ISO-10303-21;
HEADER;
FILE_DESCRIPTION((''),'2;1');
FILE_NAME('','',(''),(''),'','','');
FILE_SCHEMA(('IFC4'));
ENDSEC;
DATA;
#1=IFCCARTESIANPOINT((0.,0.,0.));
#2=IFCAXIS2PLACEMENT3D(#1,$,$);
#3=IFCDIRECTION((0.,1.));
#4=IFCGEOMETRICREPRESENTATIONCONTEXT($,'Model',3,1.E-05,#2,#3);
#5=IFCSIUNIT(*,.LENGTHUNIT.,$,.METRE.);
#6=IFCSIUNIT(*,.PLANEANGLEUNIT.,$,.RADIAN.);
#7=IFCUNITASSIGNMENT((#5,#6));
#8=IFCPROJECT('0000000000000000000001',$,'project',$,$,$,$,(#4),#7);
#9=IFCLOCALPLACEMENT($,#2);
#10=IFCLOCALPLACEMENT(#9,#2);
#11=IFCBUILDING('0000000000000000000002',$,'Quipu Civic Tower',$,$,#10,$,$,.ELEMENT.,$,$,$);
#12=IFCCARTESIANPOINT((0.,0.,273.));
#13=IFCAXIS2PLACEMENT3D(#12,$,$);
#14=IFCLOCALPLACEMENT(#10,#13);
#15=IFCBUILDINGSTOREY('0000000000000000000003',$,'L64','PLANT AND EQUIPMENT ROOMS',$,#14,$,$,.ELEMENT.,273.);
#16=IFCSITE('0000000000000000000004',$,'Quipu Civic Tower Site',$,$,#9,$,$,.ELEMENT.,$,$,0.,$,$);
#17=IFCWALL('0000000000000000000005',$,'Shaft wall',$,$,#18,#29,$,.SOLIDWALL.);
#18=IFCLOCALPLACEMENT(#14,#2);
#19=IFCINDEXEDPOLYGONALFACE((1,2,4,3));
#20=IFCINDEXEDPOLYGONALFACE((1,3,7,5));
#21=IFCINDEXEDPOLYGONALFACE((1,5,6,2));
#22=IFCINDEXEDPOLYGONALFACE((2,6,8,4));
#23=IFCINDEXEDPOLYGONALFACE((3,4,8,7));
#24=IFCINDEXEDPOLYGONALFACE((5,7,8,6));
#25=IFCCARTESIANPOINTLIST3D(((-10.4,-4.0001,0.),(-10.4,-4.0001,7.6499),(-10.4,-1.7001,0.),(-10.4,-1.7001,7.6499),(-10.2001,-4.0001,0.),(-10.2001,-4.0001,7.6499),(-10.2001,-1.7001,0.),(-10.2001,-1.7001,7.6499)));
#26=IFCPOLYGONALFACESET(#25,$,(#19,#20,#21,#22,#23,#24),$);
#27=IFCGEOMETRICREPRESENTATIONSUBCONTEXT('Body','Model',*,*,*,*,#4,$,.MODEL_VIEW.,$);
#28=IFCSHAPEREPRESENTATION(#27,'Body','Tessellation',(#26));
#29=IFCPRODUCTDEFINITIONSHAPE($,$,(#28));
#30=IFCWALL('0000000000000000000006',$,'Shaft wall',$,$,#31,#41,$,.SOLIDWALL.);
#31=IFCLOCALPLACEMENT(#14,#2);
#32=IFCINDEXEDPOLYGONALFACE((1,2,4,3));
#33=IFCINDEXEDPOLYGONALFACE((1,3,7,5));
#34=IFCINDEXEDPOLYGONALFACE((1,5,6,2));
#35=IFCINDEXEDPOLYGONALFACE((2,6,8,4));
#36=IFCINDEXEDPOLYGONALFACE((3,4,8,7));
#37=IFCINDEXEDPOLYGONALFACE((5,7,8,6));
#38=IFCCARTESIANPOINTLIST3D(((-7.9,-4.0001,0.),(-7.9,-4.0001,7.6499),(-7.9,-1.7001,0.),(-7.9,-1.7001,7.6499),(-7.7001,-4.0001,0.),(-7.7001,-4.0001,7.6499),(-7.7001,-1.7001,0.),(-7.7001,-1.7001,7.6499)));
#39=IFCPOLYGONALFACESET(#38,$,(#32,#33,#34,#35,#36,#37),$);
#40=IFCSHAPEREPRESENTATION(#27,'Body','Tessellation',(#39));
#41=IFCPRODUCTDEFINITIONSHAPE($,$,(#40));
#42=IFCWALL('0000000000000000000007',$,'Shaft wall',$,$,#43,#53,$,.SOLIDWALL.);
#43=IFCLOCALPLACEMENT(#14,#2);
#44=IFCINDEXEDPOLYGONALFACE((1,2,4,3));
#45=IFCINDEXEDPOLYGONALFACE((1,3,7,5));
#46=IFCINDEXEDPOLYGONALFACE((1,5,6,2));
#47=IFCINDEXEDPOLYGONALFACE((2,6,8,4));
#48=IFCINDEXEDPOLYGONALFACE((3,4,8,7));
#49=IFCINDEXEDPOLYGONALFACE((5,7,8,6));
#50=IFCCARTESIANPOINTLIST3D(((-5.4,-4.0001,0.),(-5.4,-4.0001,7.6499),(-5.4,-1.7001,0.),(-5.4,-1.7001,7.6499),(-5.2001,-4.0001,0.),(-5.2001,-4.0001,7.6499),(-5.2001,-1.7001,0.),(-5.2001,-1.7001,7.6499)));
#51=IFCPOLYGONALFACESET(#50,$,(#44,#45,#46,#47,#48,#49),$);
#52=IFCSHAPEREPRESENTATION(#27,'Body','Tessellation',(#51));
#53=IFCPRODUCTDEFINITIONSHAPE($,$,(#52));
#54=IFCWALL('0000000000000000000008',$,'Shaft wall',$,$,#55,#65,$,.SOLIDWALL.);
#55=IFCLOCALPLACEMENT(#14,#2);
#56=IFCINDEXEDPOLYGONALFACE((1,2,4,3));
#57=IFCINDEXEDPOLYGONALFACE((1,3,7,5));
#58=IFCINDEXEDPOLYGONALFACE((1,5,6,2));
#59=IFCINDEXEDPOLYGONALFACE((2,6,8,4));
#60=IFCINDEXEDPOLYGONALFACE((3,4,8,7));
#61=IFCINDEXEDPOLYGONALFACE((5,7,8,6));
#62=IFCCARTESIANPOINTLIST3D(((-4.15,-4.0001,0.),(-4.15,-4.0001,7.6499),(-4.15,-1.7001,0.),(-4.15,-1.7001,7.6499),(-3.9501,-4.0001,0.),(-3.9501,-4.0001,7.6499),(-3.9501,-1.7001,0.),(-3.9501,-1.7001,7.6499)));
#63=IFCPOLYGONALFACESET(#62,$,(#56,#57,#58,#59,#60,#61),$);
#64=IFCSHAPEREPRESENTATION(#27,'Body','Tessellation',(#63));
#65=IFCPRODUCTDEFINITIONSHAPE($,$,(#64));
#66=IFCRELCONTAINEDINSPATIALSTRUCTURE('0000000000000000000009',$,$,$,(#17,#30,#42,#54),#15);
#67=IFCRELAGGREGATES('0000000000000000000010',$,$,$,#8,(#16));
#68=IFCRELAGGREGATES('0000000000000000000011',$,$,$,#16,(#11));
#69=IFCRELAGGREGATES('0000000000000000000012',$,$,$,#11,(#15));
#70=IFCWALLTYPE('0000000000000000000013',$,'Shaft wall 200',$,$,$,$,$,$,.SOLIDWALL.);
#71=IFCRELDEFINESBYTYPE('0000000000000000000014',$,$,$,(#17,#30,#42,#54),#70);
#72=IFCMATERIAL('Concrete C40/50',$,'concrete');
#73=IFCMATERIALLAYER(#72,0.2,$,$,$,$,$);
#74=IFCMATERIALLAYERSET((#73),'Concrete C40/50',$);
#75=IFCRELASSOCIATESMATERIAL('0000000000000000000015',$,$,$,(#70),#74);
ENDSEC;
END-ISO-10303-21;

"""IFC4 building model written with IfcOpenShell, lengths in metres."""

from ifc_helpers import new_model, si_unit, direction, frame, frame_2d, origin, place, context, subcontext, project, spatial, rectangle, extrude, material, layer, layer_set, type_object, element, save


model = new_model("IFC4")

# Units and contexts
model_context = context("Model", 3, precision=1e-05, world=origin(), true_north=direction((0.0, 1.0)))
body_context = subcontext(model_context, "Body", "Model", "MODEL_VIEW")
ifc_project = project(units=[si_unit("LENGTHUNIT", "METRE"), si_unit("PLANEANGLEUNIT", "RADIAN")], contexts=[model_context])

# Site, building, storey
site_placement = place(None, origin())
site = spatial("IfcSite", under=ifc_project, at=site_placement, Name="Quipu Civic Tower Site", CompositionType="ELEMENT", RefElevation=0.0)
building_placement = place(site_placement, origin())
building = spatial("IfcBuilding", under=site, at=building_placement, Name="Quipu Civic Tower", CompositionType="ELEMENT")
storey_placement = place(building_placement, frame((0.0, 0.0, 273.0)))
storey = spatial("IfcBuildingStorey", under=building, at=storey_placement, Name="L64", Description="PLANT AND EQUIPMENT ROOMS", CompositionType="ELEMENT", Elevation=273.0)

# Walls
ifc_material_1 = material(Name="Concrete C40/50", Category="concrete")
ifc_layer_1 = layer(ifc_material_1, 0.2)
ifc_layer_set_1 = layer_set([ifc_layer_1], Name="Concrete C40/50")
wall_type_1 = type_object("IfcWallType", Name="Shaft wall 200", PredefinedType="SOLIDWALL", material=ifc_layer_set_1)
for number, where, z_axis, x_axis, name in (
    (1, (-10.3, -4.0, 0.0), (0.0, 0.0, 1.0), (0.0, 1.0, 0.0), "Shaft wall"),
    (2, (-7.8, -4.0, 0.0), (0.0, 0.0, 1.0), (0.0, 1.0, 0.0), "Shaft wall"),
    (3, (-5.3, -4.0, 0.0), (0.0, 0.0, 1.0), (0.0, 1.0, 0.0), "Shaft wall"),
    (4, (-4.05, -4.0, 0.0), (0.0, 0.0, 1.0), (0.0, 1.0, 0.0), "Shaft wall"),
):
    element("IfcWall", number, at=place(storey_placement, frame(where, z_axis=z_axis, x_axis=x_axis)), inside=storey, type_object=wall_type_1, Name=name, PredefinedType="SOLIDWALL", context=body_context, shape_type="SweptSolid", body=[
        extrude(rectangle(XDim=2.3, YDim=0.2, at=frame_2d((1.1499, 0.0))), origin(), (0.0, 0.0, 1.0), 7.6499),
    ])

save(model, "model.ifc")
